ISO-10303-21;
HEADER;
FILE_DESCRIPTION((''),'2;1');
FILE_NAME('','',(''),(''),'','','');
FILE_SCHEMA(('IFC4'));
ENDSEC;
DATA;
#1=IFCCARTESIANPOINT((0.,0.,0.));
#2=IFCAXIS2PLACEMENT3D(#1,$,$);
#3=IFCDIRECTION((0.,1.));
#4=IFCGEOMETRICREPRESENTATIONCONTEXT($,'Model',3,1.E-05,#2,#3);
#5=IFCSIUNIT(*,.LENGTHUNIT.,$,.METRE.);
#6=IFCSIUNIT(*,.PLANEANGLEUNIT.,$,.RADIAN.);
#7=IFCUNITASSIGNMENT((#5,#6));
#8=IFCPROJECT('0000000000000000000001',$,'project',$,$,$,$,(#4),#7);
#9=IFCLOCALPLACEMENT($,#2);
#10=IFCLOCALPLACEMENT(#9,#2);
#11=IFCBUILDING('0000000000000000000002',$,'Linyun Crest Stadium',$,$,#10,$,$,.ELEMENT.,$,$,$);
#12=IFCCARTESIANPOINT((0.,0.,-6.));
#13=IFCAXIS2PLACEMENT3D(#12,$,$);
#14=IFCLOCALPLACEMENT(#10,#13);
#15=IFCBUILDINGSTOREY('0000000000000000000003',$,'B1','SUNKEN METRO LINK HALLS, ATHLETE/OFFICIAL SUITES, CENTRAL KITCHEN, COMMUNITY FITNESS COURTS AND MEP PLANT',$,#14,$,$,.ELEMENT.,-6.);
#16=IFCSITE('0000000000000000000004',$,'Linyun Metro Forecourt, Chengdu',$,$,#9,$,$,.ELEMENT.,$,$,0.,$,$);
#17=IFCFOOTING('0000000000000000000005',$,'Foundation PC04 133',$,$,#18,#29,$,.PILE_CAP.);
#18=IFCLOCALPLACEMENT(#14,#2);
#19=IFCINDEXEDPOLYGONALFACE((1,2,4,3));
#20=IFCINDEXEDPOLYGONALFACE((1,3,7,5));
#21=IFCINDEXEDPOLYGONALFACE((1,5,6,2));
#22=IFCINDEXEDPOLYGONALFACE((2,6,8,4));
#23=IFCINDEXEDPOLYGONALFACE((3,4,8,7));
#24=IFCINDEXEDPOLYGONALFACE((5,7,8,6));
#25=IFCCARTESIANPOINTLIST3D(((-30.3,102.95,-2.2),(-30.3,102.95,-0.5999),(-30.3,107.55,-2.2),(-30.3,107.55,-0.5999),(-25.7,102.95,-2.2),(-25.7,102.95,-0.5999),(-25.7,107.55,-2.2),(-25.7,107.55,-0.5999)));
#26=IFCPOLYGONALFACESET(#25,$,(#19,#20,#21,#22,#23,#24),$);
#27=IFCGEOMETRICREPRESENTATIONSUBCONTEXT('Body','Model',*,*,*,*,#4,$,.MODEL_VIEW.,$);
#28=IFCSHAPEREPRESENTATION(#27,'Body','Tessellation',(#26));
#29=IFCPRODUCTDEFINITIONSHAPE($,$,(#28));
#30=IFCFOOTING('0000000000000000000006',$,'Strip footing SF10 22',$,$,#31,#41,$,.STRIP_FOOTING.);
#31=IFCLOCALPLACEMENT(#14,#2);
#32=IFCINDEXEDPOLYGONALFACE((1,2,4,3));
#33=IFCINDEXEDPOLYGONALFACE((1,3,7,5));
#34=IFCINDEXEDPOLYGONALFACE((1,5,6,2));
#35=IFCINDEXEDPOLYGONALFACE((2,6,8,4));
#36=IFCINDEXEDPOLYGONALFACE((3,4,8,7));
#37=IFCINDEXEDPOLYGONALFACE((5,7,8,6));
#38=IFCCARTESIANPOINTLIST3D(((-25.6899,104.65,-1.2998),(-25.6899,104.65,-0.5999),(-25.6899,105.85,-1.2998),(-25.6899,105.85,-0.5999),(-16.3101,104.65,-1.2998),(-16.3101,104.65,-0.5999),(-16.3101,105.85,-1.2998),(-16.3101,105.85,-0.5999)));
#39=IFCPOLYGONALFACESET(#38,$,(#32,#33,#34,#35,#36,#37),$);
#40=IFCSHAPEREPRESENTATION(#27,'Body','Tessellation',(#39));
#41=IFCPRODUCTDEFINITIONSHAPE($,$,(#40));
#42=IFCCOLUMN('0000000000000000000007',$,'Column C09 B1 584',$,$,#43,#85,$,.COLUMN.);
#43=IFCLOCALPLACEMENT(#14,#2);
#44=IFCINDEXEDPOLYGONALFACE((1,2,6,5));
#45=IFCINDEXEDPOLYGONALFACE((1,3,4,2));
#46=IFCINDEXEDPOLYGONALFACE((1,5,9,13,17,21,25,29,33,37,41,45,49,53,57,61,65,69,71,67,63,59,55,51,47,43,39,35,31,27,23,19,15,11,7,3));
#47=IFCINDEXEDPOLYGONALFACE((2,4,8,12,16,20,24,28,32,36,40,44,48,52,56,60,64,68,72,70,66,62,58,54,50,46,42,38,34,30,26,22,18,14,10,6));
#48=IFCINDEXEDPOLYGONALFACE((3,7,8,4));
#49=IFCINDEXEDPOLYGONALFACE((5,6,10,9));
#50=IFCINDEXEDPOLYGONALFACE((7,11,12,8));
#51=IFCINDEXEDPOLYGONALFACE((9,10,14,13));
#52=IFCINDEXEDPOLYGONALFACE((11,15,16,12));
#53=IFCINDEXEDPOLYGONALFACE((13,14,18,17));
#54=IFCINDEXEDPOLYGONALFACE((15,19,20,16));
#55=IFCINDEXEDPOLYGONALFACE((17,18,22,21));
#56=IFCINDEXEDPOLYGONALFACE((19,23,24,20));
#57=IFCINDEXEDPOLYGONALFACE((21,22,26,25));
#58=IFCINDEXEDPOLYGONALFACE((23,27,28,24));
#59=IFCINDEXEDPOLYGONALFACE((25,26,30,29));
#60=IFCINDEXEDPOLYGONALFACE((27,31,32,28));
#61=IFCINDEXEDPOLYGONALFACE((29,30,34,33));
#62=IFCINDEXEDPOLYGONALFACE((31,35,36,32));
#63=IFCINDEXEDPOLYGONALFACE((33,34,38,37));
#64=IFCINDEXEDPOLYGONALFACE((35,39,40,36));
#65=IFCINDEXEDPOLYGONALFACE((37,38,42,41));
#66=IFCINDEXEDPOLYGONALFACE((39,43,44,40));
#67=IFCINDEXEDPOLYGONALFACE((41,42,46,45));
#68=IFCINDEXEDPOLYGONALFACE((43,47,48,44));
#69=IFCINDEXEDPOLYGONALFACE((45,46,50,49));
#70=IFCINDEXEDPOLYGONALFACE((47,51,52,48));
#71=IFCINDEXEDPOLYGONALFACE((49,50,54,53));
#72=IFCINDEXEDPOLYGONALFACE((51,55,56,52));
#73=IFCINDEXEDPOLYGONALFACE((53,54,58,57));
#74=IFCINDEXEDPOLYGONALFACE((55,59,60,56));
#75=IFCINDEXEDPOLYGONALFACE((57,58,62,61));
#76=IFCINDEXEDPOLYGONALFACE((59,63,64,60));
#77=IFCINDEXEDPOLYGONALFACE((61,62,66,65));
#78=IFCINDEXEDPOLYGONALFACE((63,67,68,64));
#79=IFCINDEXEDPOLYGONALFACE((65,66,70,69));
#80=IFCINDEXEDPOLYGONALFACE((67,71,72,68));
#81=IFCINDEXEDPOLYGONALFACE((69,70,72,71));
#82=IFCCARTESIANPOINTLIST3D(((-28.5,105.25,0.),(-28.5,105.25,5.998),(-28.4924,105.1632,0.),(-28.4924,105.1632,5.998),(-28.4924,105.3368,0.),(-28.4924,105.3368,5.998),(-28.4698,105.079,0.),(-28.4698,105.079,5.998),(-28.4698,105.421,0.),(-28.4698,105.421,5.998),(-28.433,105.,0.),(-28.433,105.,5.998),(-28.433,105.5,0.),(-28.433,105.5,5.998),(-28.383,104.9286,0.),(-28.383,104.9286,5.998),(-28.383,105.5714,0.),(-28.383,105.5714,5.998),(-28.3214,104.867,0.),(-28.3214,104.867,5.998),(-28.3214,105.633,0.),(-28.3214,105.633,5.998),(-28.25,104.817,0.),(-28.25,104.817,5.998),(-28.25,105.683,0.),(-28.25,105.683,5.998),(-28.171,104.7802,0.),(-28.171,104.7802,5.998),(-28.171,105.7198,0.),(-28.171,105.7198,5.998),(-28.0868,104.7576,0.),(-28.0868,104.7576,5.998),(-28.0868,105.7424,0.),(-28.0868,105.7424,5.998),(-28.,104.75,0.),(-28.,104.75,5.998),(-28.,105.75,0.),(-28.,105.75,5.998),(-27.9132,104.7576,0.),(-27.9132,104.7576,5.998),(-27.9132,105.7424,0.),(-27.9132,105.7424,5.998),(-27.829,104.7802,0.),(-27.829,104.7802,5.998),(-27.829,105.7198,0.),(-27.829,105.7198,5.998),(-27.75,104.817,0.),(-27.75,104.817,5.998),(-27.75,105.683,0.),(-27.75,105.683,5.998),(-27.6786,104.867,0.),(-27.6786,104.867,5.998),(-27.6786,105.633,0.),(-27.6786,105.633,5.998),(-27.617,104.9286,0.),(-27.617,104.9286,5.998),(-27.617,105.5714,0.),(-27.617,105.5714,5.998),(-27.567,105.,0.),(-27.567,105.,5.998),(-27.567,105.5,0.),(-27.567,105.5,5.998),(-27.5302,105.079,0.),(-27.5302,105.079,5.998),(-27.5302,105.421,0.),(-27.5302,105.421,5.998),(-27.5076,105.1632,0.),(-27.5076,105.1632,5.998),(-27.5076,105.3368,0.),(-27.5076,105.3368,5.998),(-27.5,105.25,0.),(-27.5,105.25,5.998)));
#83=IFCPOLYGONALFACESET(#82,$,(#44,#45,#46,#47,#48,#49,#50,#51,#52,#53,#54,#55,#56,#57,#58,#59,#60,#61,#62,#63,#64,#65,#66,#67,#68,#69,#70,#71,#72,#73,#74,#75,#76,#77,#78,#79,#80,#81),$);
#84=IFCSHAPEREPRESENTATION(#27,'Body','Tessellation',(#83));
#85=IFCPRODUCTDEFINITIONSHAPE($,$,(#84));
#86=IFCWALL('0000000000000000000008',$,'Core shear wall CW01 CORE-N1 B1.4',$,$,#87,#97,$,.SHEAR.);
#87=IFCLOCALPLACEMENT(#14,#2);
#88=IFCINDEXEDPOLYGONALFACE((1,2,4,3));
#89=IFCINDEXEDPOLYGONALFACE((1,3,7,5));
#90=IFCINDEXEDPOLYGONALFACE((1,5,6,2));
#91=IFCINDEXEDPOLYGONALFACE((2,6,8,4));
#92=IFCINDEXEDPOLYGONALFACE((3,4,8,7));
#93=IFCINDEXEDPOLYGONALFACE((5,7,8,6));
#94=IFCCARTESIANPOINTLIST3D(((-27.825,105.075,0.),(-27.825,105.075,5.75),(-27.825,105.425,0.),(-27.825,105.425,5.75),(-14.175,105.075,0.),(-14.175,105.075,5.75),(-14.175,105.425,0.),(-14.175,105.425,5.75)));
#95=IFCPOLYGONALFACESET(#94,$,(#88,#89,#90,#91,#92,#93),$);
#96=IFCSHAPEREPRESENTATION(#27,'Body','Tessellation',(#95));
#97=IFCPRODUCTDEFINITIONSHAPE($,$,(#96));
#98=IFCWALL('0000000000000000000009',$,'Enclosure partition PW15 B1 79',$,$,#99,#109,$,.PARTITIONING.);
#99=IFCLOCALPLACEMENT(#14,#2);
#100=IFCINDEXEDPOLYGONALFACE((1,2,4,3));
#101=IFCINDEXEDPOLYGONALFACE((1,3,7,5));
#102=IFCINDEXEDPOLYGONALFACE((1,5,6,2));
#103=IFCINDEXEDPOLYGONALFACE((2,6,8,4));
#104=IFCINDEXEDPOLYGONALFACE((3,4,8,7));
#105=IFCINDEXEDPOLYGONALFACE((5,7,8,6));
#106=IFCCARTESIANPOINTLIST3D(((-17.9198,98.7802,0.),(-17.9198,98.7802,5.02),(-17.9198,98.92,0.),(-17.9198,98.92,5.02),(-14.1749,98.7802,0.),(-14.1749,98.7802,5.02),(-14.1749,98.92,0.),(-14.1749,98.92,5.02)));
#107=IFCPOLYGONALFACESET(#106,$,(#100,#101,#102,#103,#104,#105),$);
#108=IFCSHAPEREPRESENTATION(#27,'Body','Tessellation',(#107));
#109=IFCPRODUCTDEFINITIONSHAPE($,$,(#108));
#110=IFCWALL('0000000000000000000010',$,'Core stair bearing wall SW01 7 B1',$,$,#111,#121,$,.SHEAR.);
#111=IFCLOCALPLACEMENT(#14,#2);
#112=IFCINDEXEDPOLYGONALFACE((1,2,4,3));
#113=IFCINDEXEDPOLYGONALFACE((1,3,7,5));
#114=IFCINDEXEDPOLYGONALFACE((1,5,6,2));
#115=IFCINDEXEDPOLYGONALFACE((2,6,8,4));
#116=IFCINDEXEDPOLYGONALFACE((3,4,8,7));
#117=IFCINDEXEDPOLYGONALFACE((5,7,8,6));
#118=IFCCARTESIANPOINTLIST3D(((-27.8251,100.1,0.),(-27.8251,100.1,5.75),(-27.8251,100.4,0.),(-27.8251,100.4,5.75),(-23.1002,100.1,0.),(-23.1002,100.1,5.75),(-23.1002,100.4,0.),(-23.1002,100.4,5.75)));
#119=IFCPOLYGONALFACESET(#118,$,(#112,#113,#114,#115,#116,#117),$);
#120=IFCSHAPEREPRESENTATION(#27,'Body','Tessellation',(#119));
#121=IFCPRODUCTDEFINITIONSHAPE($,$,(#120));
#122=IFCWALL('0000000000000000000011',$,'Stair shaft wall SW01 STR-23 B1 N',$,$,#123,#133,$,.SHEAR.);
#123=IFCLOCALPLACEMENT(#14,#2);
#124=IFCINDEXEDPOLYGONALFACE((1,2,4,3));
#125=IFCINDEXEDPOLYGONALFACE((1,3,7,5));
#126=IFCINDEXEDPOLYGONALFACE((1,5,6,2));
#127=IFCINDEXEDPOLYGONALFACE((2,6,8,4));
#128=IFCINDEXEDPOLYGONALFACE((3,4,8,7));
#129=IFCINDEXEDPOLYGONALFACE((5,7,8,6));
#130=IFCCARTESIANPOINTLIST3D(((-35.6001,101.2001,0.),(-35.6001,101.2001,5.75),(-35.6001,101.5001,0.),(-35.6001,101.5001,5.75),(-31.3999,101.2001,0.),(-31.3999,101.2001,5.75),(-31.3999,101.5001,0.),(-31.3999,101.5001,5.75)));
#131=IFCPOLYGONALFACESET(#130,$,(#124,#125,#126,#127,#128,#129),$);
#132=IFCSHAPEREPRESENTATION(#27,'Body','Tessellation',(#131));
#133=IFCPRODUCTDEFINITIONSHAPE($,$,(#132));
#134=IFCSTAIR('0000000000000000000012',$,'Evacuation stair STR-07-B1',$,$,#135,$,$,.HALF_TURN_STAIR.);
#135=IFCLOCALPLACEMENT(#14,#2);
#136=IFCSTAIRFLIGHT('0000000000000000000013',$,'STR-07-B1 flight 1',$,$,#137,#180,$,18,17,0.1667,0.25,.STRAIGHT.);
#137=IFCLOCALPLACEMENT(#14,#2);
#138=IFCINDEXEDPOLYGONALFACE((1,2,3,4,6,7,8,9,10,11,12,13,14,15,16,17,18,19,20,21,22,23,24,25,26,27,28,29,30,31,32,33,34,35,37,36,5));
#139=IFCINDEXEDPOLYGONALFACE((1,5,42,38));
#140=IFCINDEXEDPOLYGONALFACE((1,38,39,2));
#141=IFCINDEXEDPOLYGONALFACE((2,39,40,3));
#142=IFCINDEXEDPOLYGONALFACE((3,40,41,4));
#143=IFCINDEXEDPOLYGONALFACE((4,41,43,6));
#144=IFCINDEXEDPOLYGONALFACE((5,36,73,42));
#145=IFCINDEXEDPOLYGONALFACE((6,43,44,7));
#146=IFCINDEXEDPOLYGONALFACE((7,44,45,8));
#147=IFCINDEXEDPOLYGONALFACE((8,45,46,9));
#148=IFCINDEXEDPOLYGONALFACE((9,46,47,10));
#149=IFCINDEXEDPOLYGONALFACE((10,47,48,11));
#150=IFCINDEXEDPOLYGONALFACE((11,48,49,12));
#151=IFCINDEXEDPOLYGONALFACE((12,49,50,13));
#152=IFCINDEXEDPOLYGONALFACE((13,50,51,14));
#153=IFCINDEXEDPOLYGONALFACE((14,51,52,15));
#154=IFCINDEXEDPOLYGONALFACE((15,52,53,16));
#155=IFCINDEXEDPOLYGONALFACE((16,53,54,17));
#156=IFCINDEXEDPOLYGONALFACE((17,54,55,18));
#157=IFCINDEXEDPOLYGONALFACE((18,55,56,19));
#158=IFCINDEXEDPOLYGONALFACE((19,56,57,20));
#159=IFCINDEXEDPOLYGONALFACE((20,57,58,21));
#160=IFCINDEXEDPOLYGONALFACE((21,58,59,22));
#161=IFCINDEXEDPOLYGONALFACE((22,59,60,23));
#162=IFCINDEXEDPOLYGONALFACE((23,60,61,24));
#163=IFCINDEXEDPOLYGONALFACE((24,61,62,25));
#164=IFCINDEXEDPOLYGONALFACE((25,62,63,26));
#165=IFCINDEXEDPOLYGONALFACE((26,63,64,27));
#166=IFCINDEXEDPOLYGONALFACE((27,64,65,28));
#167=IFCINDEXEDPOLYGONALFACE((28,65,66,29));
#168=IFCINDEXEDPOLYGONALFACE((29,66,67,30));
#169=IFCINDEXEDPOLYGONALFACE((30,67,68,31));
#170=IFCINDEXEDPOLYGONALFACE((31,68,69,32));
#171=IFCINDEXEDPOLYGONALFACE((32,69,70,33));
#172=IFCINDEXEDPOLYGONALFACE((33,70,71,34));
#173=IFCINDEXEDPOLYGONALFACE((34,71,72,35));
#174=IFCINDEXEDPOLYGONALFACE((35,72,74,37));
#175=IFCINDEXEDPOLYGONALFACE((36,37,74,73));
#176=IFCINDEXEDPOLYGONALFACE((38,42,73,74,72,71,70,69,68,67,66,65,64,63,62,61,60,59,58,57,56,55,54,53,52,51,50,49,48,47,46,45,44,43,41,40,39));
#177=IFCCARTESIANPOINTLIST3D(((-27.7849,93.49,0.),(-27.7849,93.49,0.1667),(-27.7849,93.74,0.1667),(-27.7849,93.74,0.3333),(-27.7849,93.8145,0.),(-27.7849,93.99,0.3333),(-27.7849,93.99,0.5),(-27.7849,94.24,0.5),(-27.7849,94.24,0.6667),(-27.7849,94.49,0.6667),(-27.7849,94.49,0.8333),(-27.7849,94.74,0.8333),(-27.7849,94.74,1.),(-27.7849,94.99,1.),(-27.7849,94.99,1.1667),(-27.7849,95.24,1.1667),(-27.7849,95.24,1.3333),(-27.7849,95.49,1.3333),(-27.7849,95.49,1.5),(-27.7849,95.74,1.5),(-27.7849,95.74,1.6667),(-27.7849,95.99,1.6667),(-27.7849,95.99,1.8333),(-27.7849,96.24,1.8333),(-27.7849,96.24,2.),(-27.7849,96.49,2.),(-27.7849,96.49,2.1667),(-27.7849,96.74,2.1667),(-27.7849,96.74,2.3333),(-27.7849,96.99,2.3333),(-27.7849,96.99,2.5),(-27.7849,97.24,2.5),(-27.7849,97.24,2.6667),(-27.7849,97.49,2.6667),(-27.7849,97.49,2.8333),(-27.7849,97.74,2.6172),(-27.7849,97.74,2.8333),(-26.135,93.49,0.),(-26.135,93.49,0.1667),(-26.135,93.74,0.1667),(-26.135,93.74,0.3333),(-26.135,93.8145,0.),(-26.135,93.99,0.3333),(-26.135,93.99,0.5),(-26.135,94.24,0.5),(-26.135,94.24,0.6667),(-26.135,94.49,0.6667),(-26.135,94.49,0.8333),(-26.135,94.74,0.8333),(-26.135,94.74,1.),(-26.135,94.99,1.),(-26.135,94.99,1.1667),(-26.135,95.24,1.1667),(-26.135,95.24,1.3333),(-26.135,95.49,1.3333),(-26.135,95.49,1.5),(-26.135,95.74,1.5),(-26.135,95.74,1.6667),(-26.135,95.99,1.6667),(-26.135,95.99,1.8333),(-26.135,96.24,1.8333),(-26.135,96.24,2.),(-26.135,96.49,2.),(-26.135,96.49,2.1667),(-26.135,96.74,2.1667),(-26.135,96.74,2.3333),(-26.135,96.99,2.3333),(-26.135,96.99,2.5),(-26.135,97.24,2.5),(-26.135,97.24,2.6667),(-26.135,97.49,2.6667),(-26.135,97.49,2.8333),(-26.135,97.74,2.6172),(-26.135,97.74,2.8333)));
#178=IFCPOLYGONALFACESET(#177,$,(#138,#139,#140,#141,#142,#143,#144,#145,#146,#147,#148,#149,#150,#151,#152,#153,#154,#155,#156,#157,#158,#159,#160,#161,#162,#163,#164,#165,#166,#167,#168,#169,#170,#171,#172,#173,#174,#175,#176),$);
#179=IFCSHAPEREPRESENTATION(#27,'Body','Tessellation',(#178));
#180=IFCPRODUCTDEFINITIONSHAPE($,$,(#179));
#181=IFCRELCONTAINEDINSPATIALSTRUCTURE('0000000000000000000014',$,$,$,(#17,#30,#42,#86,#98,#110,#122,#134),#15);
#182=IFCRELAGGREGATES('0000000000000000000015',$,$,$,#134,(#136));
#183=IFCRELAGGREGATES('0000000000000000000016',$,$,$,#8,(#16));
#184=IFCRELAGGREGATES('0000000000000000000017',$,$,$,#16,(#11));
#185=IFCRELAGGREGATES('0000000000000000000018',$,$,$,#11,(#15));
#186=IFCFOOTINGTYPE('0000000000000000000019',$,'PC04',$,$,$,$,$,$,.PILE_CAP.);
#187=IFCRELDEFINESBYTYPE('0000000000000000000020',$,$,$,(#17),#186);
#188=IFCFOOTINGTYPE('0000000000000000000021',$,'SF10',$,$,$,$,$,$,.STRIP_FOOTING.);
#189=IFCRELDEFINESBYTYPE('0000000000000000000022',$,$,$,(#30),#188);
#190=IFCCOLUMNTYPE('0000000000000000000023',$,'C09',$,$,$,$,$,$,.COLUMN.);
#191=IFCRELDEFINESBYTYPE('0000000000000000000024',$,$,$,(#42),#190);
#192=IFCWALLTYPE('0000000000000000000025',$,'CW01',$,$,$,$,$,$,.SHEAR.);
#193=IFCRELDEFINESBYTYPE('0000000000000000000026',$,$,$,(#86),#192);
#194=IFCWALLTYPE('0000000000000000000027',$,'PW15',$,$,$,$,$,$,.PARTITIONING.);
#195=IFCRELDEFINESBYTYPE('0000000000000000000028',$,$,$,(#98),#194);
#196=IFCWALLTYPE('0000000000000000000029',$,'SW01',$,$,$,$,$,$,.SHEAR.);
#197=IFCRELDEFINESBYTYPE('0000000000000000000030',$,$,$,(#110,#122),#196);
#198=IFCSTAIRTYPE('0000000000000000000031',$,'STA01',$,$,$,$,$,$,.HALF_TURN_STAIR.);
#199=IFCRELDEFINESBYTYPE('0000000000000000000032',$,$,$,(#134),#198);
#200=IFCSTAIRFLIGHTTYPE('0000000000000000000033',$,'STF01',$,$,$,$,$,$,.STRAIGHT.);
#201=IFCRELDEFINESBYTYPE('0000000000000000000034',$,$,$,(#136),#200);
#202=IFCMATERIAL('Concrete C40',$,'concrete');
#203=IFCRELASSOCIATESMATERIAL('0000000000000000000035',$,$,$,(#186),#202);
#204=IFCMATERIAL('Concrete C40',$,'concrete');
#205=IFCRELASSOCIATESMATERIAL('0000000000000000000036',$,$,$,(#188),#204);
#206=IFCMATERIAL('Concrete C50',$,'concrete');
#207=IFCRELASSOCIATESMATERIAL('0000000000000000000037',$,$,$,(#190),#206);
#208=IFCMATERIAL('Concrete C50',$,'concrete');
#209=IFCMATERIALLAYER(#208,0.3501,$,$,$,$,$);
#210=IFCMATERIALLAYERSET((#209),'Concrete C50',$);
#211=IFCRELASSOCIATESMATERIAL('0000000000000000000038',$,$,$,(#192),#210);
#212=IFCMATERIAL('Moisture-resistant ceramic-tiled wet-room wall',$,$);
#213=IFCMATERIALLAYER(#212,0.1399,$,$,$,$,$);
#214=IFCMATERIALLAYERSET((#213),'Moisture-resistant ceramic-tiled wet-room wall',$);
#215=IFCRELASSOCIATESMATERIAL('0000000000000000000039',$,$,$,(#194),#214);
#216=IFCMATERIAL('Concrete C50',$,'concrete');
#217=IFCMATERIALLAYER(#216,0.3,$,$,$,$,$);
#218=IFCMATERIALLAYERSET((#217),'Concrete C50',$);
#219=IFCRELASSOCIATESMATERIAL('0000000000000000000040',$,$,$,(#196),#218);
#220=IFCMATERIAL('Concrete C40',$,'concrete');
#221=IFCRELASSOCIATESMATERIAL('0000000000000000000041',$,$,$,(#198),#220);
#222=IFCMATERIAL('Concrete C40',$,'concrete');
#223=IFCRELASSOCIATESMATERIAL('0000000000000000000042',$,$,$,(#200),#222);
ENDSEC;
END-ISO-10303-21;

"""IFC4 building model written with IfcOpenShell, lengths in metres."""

from ifc_helpers import new_model, si_unit, direction, frame, frame_2d, origin, origin_2d, place, context, subcontext, project, spatial, polyline, rectangle, circle, outline, extrude, material, layer, layer_set, material_profile, profile_set, type_object, element, aggregate, save


model = new_model("IFC4")

# Units and contexts
model_context = context("Model", 3, precision=1e-05, world=origin(), true_north=direction((0.0, 1.0)))
body_context = subcontext(model_context, "Body", "Model", "MODEL_VIEW")
ifc_project = project(units=[si_unit("LENGTHUNIT", "METRE"), si_unit("PLANEANGLEUNIT", "RADIAN")], contexts=[model_context])

# Site, building, storey
site_placement = place(None, origin())
site = spatial("IfcSite", under=ifc_project, at=site_placement, Name="Linyun Metro Forecourt, Chengdu", CompositionType="ELEMENT", RefElevation=0.0)
building_placement = place(site_placement, origin())
building = spatial("IfcBuilding", under=site, at=building_placement, Name="Linyun Crest Stadium", CompositionType="ELEMENT")
storey_placement = place(building_placement, frame((0.0, 0.0, -6.0)))
storey = spatial("IfcBuildingStorey", under=building, at=storey_placement, Name="B1", Description="SUNKEN METRO LINK HALLS, ATHLETE/OFFICIAL SUITES, CENTRAL KITCHEN, COMMUNITY FITNESS COURTS AND MEP PLANT", CompositionType="ELEMENT", Elevation=-6.0)

# Footings
ifc_material_1 = material(Name="Concrete C40", Category="concrete")
footing_type_1 = type_object("IfcFootingType", Name="PC04", PredefinedType="PILE_CAP", material=ifc_material_1)
footing_1_placement = place(storey_placement, frame((-28.0, 105.25, -2.2), z_axis=(0.0, 0.0, 1.0), x_axis=(1.0, 0.0, 0.0)))
element("IfcFooting", 1, at=footing_1_placement, inside=storey, type_object=footing_type_1, Name="Foundation PC04 133", PredefinedType="PILE_CAP", context=body_context, shape_type="SweptSolid", body=[
    extrude(rectangle(XDim=4.6001, YDim=4.6001, at=origin_2d()), origin(), (0.0, 0.0, 1.0), 1.6001),
])
ifc_material_2 = material(Name="Concrete C40", Category="concrete")
footing_type_2 = type_object("IfcFootingType", Name="SF10", PredefinedType="STRIP_FOOTING", material=ifc_material_2)
footing_2_placement = place(storey_placement, frame((-21.0, 105.25, -1.2998), z_axis=(0.0, 0.0, 1.0), x_axis=(1.0, 0.0, 0.0)))
element("IfcFooting", 2, at=footing_2_placement, inside=storey, type_object=footing_type_2, Name="Strip footing SF10 22", PredefinedType="STRIP_FOOTING", context=body_context, shape_type="SweptSolid", body=[
    extrude(rectangle(XDim=9.3799, YDim=1.2, at=origin_2d()), origin(), (0.0, 0.0, 1.0), 0.7),
])

# Column
ifc_material_3 = material(Name="Concrete C50", Category="concrete")
ifc_material_profile_1 = material_profile(ifc_material_3, circle(Radius=0.5, at=origin_2d()), Name="RC D1000")
ifc_profile_set_1 = profile_set([ifc_material_profile_1], Name="Concrete C50")
column_type = type_object("IfcColumnType", Name="C09", PredefinedType="COLUMN", material=ifc_profile_set_1)
column_placement = place(storey_placement, frame((-28.0, 105.25, 0.0), z_axis=(0.0, 0.0, 1.0), x_axis=(1.0, 0.0, 0.0)))
element("IfcColumn", 3, at=column_placement, inside=storey, type_object=column_type, Name="Column C09 B1 584", PredefinedType="COLUMN", context=body_context, shape_type="SweptSolid", body=[
    extrude(circle(Radius=0.5, at=origin_2d()), origin(), (0.0, 0.0, 1.0), 5.998),
])

# Walls
ifc_material_4 = material(Name="Concrete C50", Category="concrete")
ifc_layer_1 = layer(ifc_material_4, 0.3501)
ifc_layer_set_1 = layer_set([ifc_layer_1], Name="Concrete C50")
wall_type_1 = type_object("IfcWallType", Name="CW01", PredefinedType="SHEAR", material=ifc_layer_set_1)
wall_1_placement = place(storey_placement, frame((-27.825, 105.25, 0.0), z_axis=(0.0, 0.0, 1.0), x_axis=(1.0, 0.0, 0.0)))
element("IfcWall", 4, at=wall_1_placement, inside=storey, type_object=wall_type_1, Name="Core shear wall CW01 CORE-N1 B1.4", PredefinedType="SHEAR", context=body_context, shape_type="SweptSolid", body=[
    extrude(rectangle(XDim=13.6499, YDim=0.3501, at=frame_2d((6.825, 0.0))), origin(), (0.0, 0.0, 1.0), 5.75),
])
ifc_material_5 = material(Name="Moisture-resistant ceramic-tiled wet-room wall")
ifc_layer_2 = layer(ifc_material_5, 0.1399)
ifc_layer_set_2 = layer_set([ifc_layer_2], Name="Moisture-resistant ceramic-tiled wet-room wall")
wall_type_2 = type_object("IfcWallType", Name="PW15", PredefinedType="PARTITIONING", material=ifc_layer_set_2)
wall_2_placement = place(storey_placement, frame((-17.9199, 98.8501, 0.0), z_axis=(0.0, 0.0, 1.0), x_axis=(1.0, 0.0, 0.0)))
element("IfcWall", 5, at=wall_2_placement, inside=storey, type_object=wall_type_2, Name="Enclosure partition PW15 B1 79", PredefinedType="PARTITIONING", context=body_context, shape_type="SweptSolid", body=[
    extrude(rectangle(XDim=3.7449, YDim=0.1399, at=frame_2d((1.8726, 0.0))), origin(), (0.0, 0.0, 1.0), 5.02),
])
ifc_material_6 = material(Name="Concrete C50", Category="concrete")
ifc_layer_3 = layer(ifc_material_6, 0.3)
ifc_layer_set_3 = layer_set([ifc_layer_3], Name="Concrete C50")
wall_type_3 = type_object("IfcWallType", Name="SW01", PredefinedType="SHEAR", material=ifc_layer_set_3)
wall_3_placement = place(storey_placement, frame((-27.825, 100.25, 0.0), z_axis=(0.0, 0.0, 1.0), x_axis=(1.0, 0.0, 0.0)))
element("IfcWall", 6, at=wall_3_placement, inside=storey, type_object=wall_type_3, Name="Core stair bearing wall SW01 7 B1", PredefinedType="SHEAR", context=body_context, shape_type="SweptSolid", body=[
    extrude(rectangle(XDim=4.7249, YDim=0.3, at=frame_2d((2.3623, 0.0))), origin(), (0.0, 0.0, 1.0), 5.75),
])
wall_4_placement = place(storey_placement, frame((-35.6001, 101.3501, 0.0), z_axis=(0.0, 0.0, 1.0), x_axis=(1.0, 0.0, 0.0)))
element("IfcWall", 7, at=wall_4_placement, inside=storey, type_object=wall_type_3, Name="Stair shaft wall SW01 STR-23 B1 N", PredefinedType="SHEAR", context=body_context, shape_type="SweptSolid", body=[
    extrude(rectangle(XDim=4.2002, YDim=0.3, at=frame_2d((2.1001, 0.0))), origin(), (0.0, 0.0, 1.0), 5.75),
])

# Stair, stair flight
ifc_material_7 = material(Name="Concrete C40", Category="concrete")
stair_type = type_object("IfcStairType", Name="STA01", PredefinedType="HALF_TURN_STAIR", material=ifc_material_7)
stair_1_placement = place(storey_placement, origin())
stair_1 = element("IfcStair", 8, at=stair_1_placement, inside=storey, type_object=stair_type, Name="Evacuation stair STR-07-B1", PredefinedType="HALF_TURN_STAIR")
ifc_material_8 = material(Name="Concrete C40", Category="concrete")
stair_flight_type_1 = type_object("IfcStairFlightType", Name="STF01", PredefinedType="STRAIGHT", material=ifc_material_8)
stair_flight_1_placement = place(storey_placement, frame((-26.96, 93.49, 0.0), z_axis=(0.0, 0.0, 1.0), x_axis=(0.0, 1.0, 0.0)))
stair_flight_1 = element("IfcStairFlight", 9, at=stair_flight_1_placement, type_object=stair_flight_type_1, Name="STR-07-B1 flight 1", NumberOfRisers=18, NumberOfTreads=17, PredefinedType="STRAIGHT", RiserHeight=0.1667, TreadLength=0.25, context=body_context, shape_type="SweptSolid", body=[
    extrude(outline(polyline([(0.0, 0.0), (0.0, 0.1667), (0.25, 0.1667), (0.25, 0.3333), (0.5, 0.3333), (0.5, 0.5), (0.75, 0.5), (0.75, 0.6667), (1.0, 0.6667), (1.0, 0.8333), (1.25, 0.8333), (1.25, 1.0), (1.5, 1.0), (1.5, 1.1667), (1.75, 1.1667), (1.75, 1.3333), (2.0, 1.3333), (2.0, 1.5), (2.25, 1.5), (2.25, 1.6667), (2.5, 1.6667), (2.5, 1.8333), (2.75, 1.8333), (2.75, 2.0), (3.0, 2.0), (3.0, 2.1667), (3.25, 2.1667), (3.25, 2.3333), (3.5, 2.3333), (3.5, 2.5), (3.75, 2.5), (3.75, 2.6667), (4.0, 2.6667), (4.0, 2.8333), (4.25, 2.8333), (4.25, 3.0), (4.25, 2.6172), (0.3245, 0.0), (0.0, 0.0)])), frame((0.0, 0.825, 0.0), z_axis=(0.0, -1.0, 0.0), x_axis=(1.0, 0.0, 0.0)), (0.0, 0.0, 1.0), 1.6499),
])
aggregate(stair_1, [stair_flight_1])

save(model, "model.ifc")
